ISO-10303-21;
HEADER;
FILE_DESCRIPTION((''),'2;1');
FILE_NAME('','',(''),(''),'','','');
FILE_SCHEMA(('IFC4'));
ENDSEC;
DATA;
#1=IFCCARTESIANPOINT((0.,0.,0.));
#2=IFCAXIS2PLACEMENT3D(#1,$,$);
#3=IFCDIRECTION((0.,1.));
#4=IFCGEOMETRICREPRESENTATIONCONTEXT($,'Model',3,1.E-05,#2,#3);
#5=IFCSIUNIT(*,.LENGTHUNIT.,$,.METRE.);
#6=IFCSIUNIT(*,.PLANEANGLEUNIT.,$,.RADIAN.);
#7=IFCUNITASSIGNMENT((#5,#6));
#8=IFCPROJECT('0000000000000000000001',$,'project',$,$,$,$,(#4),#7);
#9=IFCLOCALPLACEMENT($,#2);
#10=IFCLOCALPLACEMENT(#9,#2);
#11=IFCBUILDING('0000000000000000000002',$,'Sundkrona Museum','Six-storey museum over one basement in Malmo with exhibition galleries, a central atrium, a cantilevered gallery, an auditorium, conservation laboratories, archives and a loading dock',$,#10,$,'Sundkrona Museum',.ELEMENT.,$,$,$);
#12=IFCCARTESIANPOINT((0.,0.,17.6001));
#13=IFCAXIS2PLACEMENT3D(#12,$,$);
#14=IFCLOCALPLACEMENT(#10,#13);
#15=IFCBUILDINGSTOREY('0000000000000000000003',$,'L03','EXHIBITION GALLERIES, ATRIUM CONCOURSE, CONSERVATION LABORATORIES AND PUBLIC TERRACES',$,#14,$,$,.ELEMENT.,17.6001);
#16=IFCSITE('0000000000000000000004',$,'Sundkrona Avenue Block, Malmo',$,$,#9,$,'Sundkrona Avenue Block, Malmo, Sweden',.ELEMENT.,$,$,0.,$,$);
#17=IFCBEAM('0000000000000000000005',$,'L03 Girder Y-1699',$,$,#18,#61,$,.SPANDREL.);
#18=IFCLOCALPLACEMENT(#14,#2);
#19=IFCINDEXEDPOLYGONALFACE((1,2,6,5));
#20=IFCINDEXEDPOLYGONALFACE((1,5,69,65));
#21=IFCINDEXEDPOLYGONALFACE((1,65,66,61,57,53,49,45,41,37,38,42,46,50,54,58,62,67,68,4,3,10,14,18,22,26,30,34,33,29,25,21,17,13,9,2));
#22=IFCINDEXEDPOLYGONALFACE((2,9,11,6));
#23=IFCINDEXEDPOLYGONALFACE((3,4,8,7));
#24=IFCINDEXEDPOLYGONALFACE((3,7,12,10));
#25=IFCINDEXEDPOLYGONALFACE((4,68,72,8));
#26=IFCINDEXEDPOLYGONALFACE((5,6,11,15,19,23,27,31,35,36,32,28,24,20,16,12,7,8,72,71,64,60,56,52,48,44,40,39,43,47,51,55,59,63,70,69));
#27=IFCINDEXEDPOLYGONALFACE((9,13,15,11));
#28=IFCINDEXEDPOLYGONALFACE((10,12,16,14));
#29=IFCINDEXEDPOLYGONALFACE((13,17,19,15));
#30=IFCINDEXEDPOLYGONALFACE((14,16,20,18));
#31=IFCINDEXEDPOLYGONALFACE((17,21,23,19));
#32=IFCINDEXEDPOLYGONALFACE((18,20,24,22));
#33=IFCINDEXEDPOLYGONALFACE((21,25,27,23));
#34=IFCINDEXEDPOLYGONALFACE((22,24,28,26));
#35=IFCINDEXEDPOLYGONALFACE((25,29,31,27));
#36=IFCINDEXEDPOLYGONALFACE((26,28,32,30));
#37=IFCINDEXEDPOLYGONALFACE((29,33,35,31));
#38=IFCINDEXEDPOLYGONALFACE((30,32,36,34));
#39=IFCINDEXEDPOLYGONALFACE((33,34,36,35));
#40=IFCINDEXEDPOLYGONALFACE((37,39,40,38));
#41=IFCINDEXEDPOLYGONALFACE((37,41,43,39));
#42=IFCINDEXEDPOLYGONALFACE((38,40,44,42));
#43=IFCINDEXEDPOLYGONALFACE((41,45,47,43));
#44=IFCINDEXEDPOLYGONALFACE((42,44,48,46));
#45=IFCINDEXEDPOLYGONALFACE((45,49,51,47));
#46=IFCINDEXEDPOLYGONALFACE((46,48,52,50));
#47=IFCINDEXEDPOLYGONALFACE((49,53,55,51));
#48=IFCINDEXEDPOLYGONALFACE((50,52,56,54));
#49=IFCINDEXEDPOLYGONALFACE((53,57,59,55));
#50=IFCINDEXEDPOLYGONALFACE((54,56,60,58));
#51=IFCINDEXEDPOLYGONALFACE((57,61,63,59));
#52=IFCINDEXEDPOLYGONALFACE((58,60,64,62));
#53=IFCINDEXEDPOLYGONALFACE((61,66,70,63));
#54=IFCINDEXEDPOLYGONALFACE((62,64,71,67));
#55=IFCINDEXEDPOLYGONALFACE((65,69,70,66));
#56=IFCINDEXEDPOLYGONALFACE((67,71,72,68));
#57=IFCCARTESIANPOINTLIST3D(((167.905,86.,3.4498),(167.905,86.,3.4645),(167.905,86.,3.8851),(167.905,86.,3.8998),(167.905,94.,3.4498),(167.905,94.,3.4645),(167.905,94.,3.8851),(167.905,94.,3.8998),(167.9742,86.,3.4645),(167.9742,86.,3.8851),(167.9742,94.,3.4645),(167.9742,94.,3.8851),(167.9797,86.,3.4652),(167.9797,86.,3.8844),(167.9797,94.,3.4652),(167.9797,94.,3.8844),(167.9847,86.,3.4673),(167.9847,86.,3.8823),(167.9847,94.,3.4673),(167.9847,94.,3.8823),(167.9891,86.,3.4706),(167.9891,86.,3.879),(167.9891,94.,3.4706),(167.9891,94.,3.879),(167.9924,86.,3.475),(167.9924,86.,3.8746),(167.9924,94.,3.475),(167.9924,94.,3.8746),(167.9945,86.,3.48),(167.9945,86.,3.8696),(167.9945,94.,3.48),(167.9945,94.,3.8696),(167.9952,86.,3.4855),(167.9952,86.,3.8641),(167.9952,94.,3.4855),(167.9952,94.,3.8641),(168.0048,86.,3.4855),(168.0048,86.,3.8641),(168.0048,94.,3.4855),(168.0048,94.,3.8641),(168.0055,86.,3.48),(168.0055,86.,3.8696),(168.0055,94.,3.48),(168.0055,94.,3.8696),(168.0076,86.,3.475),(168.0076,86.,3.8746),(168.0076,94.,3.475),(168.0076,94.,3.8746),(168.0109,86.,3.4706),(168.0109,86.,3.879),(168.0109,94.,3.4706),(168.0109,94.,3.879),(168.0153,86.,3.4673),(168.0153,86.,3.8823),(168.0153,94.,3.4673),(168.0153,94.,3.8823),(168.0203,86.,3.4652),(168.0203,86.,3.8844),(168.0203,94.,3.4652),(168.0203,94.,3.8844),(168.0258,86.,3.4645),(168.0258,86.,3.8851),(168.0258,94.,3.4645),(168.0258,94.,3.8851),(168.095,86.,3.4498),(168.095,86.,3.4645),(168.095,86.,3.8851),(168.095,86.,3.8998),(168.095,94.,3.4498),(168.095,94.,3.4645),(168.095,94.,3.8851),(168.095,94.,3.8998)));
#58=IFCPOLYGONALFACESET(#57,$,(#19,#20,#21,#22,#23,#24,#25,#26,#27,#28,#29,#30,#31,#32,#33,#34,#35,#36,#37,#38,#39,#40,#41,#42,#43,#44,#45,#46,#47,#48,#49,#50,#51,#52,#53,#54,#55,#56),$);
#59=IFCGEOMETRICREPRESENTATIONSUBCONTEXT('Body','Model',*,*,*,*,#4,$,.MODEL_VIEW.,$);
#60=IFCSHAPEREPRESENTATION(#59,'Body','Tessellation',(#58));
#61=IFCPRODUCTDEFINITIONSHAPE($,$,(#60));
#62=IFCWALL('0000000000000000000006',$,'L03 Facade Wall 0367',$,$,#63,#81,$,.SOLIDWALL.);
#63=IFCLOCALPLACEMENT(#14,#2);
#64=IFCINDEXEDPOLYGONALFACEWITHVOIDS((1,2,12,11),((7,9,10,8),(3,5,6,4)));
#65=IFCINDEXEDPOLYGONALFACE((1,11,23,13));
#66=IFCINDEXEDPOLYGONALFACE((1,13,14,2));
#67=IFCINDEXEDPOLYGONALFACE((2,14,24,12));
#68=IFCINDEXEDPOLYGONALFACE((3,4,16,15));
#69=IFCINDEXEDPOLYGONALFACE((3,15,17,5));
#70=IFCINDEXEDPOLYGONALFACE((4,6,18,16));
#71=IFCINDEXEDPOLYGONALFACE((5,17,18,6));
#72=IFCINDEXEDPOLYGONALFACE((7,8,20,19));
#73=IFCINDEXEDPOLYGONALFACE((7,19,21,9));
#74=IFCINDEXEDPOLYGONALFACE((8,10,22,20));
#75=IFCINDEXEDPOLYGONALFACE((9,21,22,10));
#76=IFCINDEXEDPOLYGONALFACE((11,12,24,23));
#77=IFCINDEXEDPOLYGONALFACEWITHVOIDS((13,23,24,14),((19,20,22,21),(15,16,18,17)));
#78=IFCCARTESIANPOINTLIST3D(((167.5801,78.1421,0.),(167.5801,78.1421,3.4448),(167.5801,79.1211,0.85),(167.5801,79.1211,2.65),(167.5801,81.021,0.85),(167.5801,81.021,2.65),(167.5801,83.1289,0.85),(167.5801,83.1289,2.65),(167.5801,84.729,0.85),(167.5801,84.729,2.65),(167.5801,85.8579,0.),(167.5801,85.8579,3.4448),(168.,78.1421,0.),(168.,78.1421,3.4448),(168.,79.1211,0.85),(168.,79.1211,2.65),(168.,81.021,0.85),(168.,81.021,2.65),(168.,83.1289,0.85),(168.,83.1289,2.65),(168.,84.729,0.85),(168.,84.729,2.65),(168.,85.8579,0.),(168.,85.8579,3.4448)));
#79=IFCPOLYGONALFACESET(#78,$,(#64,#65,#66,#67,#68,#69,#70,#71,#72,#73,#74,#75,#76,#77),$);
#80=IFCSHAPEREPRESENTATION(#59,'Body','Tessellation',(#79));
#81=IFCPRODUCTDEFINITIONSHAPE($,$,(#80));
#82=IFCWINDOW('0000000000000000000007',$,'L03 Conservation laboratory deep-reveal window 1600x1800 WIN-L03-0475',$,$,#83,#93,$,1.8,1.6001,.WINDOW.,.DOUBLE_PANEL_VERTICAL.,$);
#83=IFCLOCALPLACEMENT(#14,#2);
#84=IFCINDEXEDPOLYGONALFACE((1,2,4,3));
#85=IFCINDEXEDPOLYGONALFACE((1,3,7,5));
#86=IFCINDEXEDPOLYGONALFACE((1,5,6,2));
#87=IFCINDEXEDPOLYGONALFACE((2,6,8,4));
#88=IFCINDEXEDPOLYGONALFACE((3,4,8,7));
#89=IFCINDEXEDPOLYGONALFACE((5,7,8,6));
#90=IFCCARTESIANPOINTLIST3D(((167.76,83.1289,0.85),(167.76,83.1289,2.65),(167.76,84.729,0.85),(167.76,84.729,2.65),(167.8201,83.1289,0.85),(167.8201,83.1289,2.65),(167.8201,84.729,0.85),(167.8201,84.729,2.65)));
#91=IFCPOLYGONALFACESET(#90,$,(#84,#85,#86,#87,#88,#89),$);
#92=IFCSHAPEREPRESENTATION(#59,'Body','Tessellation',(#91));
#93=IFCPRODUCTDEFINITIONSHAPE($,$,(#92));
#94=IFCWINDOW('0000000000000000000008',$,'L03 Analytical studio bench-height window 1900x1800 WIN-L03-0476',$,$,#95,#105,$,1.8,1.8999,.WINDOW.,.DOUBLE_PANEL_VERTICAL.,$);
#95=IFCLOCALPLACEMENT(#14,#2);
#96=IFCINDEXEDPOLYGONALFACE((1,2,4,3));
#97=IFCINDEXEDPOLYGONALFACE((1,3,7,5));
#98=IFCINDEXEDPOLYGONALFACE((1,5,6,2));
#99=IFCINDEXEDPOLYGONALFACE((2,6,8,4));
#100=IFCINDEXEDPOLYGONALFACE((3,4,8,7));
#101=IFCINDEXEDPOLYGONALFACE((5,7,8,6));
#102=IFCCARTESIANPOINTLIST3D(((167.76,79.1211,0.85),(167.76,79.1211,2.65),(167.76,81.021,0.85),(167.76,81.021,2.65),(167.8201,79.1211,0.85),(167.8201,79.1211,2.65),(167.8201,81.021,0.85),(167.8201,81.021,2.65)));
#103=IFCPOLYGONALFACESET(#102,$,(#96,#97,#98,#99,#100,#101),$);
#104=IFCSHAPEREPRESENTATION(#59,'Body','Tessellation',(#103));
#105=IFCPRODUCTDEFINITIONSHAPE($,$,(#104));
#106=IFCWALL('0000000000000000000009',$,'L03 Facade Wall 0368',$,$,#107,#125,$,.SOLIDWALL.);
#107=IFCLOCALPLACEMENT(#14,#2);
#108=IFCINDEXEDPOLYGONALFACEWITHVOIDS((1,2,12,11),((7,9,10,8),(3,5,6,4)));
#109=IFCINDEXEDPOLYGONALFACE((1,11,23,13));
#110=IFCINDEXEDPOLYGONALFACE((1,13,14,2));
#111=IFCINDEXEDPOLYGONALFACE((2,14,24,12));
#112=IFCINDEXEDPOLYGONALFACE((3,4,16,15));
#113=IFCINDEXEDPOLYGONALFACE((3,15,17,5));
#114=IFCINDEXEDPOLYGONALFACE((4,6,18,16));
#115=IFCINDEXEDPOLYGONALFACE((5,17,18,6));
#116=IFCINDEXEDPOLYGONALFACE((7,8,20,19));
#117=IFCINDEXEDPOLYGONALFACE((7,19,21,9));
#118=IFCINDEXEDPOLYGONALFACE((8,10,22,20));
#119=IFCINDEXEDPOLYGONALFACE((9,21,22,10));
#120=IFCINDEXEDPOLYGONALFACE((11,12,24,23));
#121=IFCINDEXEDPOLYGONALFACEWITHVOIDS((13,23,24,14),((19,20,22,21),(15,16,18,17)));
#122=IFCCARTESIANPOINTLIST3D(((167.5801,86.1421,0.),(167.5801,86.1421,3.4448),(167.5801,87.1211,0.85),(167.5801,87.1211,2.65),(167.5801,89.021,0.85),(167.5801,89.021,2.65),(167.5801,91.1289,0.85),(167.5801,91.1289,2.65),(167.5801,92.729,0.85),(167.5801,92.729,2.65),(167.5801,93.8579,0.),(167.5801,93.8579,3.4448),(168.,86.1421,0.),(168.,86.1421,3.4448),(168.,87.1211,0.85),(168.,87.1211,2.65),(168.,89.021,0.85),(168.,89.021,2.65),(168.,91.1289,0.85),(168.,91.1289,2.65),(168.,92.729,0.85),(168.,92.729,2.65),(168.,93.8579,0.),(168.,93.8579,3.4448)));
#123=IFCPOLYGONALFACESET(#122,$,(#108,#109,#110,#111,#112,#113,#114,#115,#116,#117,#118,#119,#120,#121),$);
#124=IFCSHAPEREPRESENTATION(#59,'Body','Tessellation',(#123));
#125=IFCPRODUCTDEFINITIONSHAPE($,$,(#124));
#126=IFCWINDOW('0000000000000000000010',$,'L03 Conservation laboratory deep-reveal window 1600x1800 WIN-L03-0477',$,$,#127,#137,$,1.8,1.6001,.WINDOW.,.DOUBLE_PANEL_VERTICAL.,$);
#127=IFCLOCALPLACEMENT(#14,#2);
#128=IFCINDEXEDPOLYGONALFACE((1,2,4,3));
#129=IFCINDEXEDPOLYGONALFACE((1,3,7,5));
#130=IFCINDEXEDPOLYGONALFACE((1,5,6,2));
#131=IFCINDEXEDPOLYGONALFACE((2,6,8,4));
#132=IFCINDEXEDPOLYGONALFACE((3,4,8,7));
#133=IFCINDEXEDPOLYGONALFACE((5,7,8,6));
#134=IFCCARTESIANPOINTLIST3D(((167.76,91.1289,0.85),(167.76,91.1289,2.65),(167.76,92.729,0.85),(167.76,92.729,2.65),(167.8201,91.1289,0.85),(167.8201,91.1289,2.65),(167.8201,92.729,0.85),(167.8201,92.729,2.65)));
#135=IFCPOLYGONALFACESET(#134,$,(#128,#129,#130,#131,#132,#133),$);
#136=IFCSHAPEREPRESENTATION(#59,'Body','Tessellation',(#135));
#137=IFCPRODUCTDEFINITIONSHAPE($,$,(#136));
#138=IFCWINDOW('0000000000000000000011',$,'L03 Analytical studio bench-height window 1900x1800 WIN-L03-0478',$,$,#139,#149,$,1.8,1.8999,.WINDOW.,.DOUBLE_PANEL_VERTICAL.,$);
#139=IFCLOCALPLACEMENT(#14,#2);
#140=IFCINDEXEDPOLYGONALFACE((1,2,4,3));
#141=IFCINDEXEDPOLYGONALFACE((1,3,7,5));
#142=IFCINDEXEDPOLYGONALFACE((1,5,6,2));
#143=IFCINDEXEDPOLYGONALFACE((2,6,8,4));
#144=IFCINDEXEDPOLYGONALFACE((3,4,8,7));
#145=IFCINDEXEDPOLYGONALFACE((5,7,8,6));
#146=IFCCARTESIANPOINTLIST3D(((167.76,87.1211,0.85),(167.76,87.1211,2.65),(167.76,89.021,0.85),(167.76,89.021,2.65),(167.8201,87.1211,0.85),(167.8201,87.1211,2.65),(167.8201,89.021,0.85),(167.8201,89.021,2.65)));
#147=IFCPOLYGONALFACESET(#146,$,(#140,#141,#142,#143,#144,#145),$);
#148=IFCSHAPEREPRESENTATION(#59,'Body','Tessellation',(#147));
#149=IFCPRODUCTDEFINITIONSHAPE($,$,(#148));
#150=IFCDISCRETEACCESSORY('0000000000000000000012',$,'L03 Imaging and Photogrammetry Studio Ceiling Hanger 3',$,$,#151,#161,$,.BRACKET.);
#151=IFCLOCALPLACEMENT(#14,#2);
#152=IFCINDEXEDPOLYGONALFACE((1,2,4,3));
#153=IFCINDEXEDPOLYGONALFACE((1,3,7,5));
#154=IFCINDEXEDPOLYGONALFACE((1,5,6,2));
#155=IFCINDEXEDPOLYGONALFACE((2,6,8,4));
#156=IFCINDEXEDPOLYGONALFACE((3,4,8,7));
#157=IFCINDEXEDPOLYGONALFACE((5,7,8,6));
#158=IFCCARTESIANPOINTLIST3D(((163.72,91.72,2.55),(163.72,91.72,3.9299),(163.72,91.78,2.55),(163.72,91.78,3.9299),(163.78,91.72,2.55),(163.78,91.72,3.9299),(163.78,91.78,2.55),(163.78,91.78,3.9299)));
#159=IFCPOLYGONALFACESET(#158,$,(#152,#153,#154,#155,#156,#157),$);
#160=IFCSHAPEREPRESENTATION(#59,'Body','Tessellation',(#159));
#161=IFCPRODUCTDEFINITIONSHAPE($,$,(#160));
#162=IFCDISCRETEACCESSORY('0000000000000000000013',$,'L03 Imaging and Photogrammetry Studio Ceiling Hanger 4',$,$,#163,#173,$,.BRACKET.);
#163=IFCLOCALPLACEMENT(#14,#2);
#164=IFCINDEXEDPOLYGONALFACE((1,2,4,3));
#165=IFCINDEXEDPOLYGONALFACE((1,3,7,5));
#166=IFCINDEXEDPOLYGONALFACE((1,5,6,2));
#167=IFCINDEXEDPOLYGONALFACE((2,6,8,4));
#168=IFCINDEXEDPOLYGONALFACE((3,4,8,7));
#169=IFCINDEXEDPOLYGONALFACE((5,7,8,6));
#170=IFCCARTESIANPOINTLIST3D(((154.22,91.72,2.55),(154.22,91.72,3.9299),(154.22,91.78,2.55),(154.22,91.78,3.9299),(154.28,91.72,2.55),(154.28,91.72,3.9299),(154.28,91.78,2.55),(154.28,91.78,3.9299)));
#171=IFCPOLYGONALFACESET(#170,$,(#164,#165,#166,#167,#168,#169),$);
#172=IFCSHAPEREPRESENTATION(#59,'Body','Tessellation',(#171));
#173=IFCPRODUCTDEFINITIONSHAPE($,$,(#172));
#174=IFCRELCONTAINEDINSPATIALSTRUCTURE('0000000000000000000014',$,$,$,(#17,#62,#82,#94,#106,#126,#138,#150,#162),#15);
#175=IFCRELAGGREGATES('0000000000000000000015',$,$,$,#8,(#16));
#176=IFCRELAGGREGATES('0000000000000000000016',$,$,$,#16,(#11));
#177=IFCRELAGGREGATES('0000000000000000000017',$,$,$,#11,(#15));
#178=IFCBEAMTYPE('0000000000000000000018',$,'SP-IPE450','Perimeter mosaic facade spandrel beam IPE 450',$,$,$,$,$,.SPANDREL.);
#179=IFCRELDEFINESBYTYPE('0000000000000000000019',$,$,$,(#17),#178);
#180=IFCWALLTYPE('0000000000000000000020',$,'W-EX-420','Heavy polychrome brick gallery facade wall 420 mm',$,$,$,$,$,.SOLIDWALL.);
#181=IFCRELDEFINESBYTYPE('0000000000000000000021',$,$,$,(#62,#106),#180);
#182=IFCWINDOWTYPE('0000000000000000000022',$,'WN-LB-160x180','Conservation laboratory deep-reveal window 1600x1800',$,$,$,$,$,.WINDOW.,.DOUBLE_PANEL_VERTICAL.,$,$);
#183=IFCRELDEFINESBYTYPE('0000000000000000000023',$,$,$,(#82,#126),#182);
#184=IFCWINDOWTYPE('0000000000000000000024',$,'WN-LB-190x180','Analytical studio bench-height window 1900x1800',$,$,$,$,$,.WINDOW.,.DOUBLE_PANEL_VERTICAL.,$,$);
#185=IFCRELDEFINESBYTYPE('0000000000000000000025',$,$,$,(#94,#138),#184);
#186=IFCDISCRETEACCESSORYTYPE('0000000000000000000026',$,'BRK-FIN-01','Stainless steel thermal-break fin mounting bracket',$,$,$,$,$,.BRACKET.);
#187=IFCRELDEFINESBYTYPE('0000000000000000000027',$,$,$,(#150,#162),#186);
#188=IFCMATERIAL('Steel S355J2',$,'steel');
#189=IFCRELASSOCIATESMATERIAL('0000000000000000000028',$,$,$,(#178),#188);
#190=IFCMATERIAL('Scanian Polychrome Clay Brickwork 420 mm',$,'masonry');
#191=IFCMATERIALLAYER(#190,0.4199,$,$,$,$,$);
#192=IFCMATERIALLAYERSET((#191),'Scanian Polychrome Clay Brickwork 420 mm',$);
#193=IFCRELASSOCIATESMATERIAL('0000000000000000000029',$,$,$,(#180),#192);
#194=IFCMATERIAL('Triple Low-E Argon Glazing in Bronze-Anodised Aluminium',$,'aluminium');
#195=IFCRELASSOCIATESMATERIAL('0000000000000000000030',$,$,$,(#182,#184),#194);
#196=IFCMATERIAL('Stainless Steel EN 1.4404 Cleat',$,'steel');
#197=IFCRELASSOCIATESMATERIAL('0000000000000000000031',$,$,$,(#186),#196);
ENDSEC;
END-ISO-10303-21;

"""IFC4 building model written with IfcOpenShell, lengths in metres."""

from ifc_helpers import new_model, si_unit, direction, frame, frame_2d, origin, origin_2d, place, context, subcontext, project, spatial, rectangle, i_section, extrude, material, layer, layer_set, material_profile, profile_set, type_object, element, fill, save


model = new_model("IFC4")

# Units and contexts
model_context = context("Model", 3, precision=1e-05, world=origin(), true_north=direction((0.0, 1.0)))
body_context = subcontext(model_context, "Body", "Model", "MODEL_VIEW")
ifc_project = project(units=[si_unit("LENGTHUNIT", "METRE"), si_unit("PLANEANGLEUNIT", "RADIAN")], contexts=[model_context])

# Site, building, storey
site_placement = place(None, origin())
site = spatial("IfcSite", under=ifc_project, at=site_placement, Name="Sundkrona Avenue Block, Malmo", LongName="Sundkrona Avenue Block, Malmo, Sweden", CompositionType="ELEMENT", RefElevation=0.0)
building_placement = place(site_placement, origin())
building = spatial("IfcBuilding", under=site, at=building_placement, Name="Sundkrona Museum", Description="Six-storey museum over one basement in Malmo with exhibition galleries, a central atrium, a cantilevered gallery, an auditorium, conservation laboratories, archives and a loading dock", LongName="Sundkrona Museum", CompositionType="ELEMENT")
storey_placement = place(building_placement, frame((0.0, 0.0, 17.6001)))
storey = spatial("IfcBuildingStorey", under=building, at=storey_placement, Name="L03", Description="EXHIBITION GALLERIES, ATRIUM CONCOURSE, CONSERVATION LABORATORIES AND PUBLIC TERRACES", CompositionType="ELEMENT", Elevation=17.6001)

# Shared definitions
ifc_material_1 = material(Name="Steel S355J2", Category="steel")

# Beam
ifc_material_profile_1 = material_profile(ifc_material_1, i_section(OverallWidth=0.1899, OverallDepth=0.45, WebThickness=0.0095, FlangeThickness=0.0146, FilletRadius=0.021, at=origin_2d()), Name="IPE 450")
ifc_profile_set_1 = profile_set([ifc_material_profile_1], Name="Steel S355J2")
beam_type_1 = type_object("IfcBeamType", Name="SP-IPE450", Description="Perimeter mosaic facade spandrel beam IPE 450", PredefinedType="SPANDREL", material=ifc_profile_set_1)
beam_1_placement = place(storey_placement, frame((168.0, 86.0, 3.6748), z_axis=(0.0, 1.0, 0.0), x_axis=(-1.0, 0.0, 0.0)))
element("IfcBeam", 1, at=beam_1_placement, inside=storey, type_object=beam_type_1, Name="L03 Girder Y-1699", PredefinedType="SPANDREL", context=body_context, shape_type="SweptSolid", body=[
    extrude(i_section(OverallWidth=0.1899, OverallDepth=0.45, WebThickness=0.0095, FlangeThickness=0.0146, FilletRadius=0.021, at=origin_2d()), origin(), (0.0, 0.0, 1.0), 8.0),
])

# Walls, openings, windows
ifc_material_2 = material(Name="Scanian Polychrome Clay Brickwork 420 mm", Category="masonry")
ifc_layer = layer(ifc_material_2, 0.4199)
ifc_layer_set = layer_set([ifc_layer], Name="Scanian Polychrome Clay Brickwork 420 mm")
wall_type = type_object("IfcWallType", Name="W-EX-420", Description="Heavy polychrome brick gallery facade wall 420 mm", PredefinedType="SOLIDWALL", material=ifc_layer_set)
wall_1_placement = place(storey_placement, frame((167.79, 85.8579, 0.0), z_axis=(0.0, 0.0, 1.0), x_axis=(0.0, -1.0, 0.0)))
wall_1 = element("IfcWall", 2, at=wall_1_placement, inside=storey, type_object=wall_type, Name="L03 Facade Wall 0367", PredefinedType="SOLIDWALL", context=body_context, shape_type="SweptSolid", body=[
    extrude(rectangle(XDim=7.7158, YDim=0.4199, at=frame_2d((3.8579, 0.0))), origin(), (0.0, 0.0, 1.0), 3.4448),
])
opening_1_placement = place(wall_1_placement, frame((1.1289, 0.0, 0.8501)))
opening_1 = element("IfcOpeningElement", 3, at=opening_1_placement, cuts=wall_1, PredefinedType="OPENING", context=body_context, shape_type="SweptSolid", body=[
    extrude(rectangle(XDim=1.6001, YDim=1.8, at=frame_2d((0.8, 0.8999))), frame((0.0, 0.22, 0.0), z_axis=(0.0, -1.0, 0.0), x_axis=(1.0, 0.0, 0.0)), (0.0, 0.0, 1.0), 0.4399),
])
opening_2_placement = place(wall_1_placement, frame((4.8369, 0.0, 0.8501)))
opening_2 = element("IfcOpeningElement", 4, at=opening_2_placement, cuts=wall_1, PredefinedType="OPENING", context=body_context, shape_type="SweptSolid", body=[
    extrude(rectangle(XDim=1.8999, YDim=1.8, at=frame_2d((0.95, 0.8999))), frame((0.0, 0.22, 0.0), z_axis=(0.0, -1.0, 0.0), x_axis=(1.0, 0.0, 0.0)), (0.0, 0.0, 1.0), 0.4399),
])
ifc_material_3 = material(Name="Triple Low-E Argon Glazing in Bronze-Anodised Aluminium", Category="aluminium")
window_type_1 = type_object("IfcWindowType", Name="WN-LB-160x180", Description="Conservation laboratory deep-reveal window 1600x1800", PartitioningType="DOUBLE_PANEL_VERTICAL", PredefinedType="WINDOW", material=ifc_material_3)
window_1_placement = place(opening_1_placement, origin())
window_1 = element("IfcWindow", 5, at=window_1_placement, inside=storey, type_object=window_type_1, Name="L03 Conservation laboratory deep-reveal window 1600x1800 WIN-L03-0475", OverallHeight=1.8, OverallWidth=1.6001, PartitioningType="DOUBLE_PANEL_VERTICAL", PredefinedType="WINDOW", context=body_context, shape_type="SweptSolid", body=[
    extrude(rectangle(XDim=1.6001, YDim=1.8, at=frame_2d((0.8, 0.8999))), frame((0.0, 0.03, 0.0), z_axis=(0.0, -1.0, 0.0), x_axis=(1.0, 0.0, 0.0)), (0.0, 0.0, 1.0), 0.0601),
])
fill(opening_1, window_1)
window_type_2 = type_object("IfcWindowType", Name="WN-LB-190x180", Description="Analytical studio bench-height window 1900x1800", PartitioningType="DOUBLE_PANEL_VERTICAL", PredefinedType="WINDOW", material=ifc_material_3)
window_2_placement = place(opening_2_placement, origin())
window_2 = element("IfcWindow", 6, at=window_2_placement, inside=storey, type_object=window_type_2, Name="L03 Analytical studio bench-height window 1900x1800 WIN-L03-0476", OverallHeight=1.8, OverallWidth=1.8999, PartitioningType="DOUBLE_PANEL_VERTICAL", PredefinedType="WINDOW", context=body_context, shape_type="SweptSolid", body=[
    extrude(rectangle(XDim=1.8999, YDim=1.8, at=frame_2d((0.95, 0.8999))), frame((0.0, 0.03, 0.0), z_axis=(0.0, -1.0, 0.0), x_axis=(1.0, 0.0, 0.0)), (0.0, 0.0, 1.0), 0.0601),
])
fill(opening_2, window_2)
wall_2_placement = place(storey_placement, frame((167.79, 93.8579, 0.0), z_axis=(0.0, 0.0, 1.0), x_axis=(0.0, -1.0, 0.0)))
wall_2 = element("IfcWall", 7, at=wall_2_placement, inside=storey, type_object=wall_type, Name="L03 Facade Wall 0368", PredefinedType="SOLIDWALL", context=body_context, shape_type="SweptSolid", body=[
    extrude(rectangle(XDim=7.7158, YDim=0.4199, at=frame_2d((3.8579, 0.0))), origin(), (0.0, 0.0, 1.0), 3.4448),
])
opening_3_placement = place(wall_2_placement, frame((1.1289, 0.0, 0.8501)))
opening_3 = element("IfcOpeningElement", 8, at=opening_3_placement, cuts=wall_2, PredefinedType="OPENING", context=body_context, shape_type="SweptSolid", body=[
    extrude(rectangle(XDim=1.6001, YDim=1.8, at=frame_2d((0.8, 0.8999))), frame((0.0, 0.22, 0.0), z_axis=(0.0, -1.0, 0.0), x_axis=(1.0, 0.0, 0.0)), (0.0, 0.0, 1.0), 0.4399),
])
opening_4_placement = place(wall_2_placement, frame((4.8369, 0.0, 0.8501)))
opening_4 = element("IfcOpeningElement", 9, at=opening_4_placement, cuts=wall_2, PredefinedType="OPENING", context=body_context, shape_type="SweptSolid", body=[
    extrude(rectangle(XDim=1.8999, YDim=1.8, at=frame_2d((0.95, 0.8999))), frame((0.0, 0.22, 0.0), z_axis=(0.0, -1.0, 0.0), x_axis=(1.0, 0.0, 0.0)), (0.0, 0.0, 1.0), 0.4399),
])
window_3_placement = place(opening_3_placement, origin())
window_3 = element("IfcWindow", 10, at=window_3_placement, inside=storey, type_object=window_type_1, Name="L03 Conservation laboratory deep-reveal window 1600x1800 WIN-L03-0477", OverallHeight=1.8, OverallWidth=1.6001, PartitioningType="DOUBLE_PANEL_VERTICAL", PredefinedType="WINDOW", context=body_context, shape_type="SweptSolid", body=[
    extrude(rectangle(XDim=1.6001, YDim=1.8, at=frame_2d((0.8, 0.8999))), frame((0.0, 0.03, 0.0), z_axis=(0.0, -1.0, 0.0), x_axis=(1.0, 0.0, 0.0)), (0.0, 0.0, 1.0), 0.0601),
])
fill(opening_3, window_3)
window_4_placement = place(opening_4_placement, origin())
window_4 = element("IfcWindow", 11, at=window_4_placement, inside=storey, type_object=window_type_2, Name="L03 Analytical studio bench-height window 1900x1800 WIN-L03-0478", OverallHeight=1.8, OverallWidth=1.8999, PartitioningType="DOUBLE_PANEL_VERTICAL", PredefinedType="WINDOW", context=body_context, shape_type="SweptSolid", body=[
    extrude(rectangle(XDim=1.8999, YDim=1.8, at=frame_2d((0.95, 0.8999))), frame((0.0, 0.03, 0.0), z_axis=(0.0, -1.0, 0.0), x_axis=(1.0, 0.0, 0.0)), (0.0, 0.0, 1.0), 0.0601),
])
fill(opening_4, window_4)

# Discrete accessories
ifc_material_4 = material(Name="Stainless Steel EN 1.4404 Cleat", Category="steel")
discrete_accessory_type = type_object("IfcDiscreteAccessoryType", Name="BRK-FIN-01", Description="Stainless steel thermal-break fin mounting bracket", PredefinedType="BRACKET", material=ifc_material_4)
for number, where, z_axis, x_axis, name in (
    (12, (163.75, 91.75, 2.55), (0.0, 0.0, 1.0), (1.0, 0.0, 0.0), "L03 Imaging and Photogrammetry Studio Ceiling Hanger 3"),
    (13, (154.25, 91.75, 2.55), (0.0, 0.0, 1.0), (1.0, 0.0, 0.0), "L03 Imaging and Photogrammetry Studio Ceiling Hanger 4"),
):
    element("IfcDiscreteAccessory", number, at=place(storey_placement, frame(where, z_axis=z_axis, x_axis=x_axis)), inside=storey, type_object=discrete_accessory_type, Name=name, PredefinedType="BRACKET", context=body_context, shape_type="SweptSolid", body=[
        extrude(rectangle(XDim=0.0601, YDim=0.0601, at=origin_2d()), origin(), (0.0, 0.0, 1.0), 1.3799),
    ])

save(model, "model.ifc")
